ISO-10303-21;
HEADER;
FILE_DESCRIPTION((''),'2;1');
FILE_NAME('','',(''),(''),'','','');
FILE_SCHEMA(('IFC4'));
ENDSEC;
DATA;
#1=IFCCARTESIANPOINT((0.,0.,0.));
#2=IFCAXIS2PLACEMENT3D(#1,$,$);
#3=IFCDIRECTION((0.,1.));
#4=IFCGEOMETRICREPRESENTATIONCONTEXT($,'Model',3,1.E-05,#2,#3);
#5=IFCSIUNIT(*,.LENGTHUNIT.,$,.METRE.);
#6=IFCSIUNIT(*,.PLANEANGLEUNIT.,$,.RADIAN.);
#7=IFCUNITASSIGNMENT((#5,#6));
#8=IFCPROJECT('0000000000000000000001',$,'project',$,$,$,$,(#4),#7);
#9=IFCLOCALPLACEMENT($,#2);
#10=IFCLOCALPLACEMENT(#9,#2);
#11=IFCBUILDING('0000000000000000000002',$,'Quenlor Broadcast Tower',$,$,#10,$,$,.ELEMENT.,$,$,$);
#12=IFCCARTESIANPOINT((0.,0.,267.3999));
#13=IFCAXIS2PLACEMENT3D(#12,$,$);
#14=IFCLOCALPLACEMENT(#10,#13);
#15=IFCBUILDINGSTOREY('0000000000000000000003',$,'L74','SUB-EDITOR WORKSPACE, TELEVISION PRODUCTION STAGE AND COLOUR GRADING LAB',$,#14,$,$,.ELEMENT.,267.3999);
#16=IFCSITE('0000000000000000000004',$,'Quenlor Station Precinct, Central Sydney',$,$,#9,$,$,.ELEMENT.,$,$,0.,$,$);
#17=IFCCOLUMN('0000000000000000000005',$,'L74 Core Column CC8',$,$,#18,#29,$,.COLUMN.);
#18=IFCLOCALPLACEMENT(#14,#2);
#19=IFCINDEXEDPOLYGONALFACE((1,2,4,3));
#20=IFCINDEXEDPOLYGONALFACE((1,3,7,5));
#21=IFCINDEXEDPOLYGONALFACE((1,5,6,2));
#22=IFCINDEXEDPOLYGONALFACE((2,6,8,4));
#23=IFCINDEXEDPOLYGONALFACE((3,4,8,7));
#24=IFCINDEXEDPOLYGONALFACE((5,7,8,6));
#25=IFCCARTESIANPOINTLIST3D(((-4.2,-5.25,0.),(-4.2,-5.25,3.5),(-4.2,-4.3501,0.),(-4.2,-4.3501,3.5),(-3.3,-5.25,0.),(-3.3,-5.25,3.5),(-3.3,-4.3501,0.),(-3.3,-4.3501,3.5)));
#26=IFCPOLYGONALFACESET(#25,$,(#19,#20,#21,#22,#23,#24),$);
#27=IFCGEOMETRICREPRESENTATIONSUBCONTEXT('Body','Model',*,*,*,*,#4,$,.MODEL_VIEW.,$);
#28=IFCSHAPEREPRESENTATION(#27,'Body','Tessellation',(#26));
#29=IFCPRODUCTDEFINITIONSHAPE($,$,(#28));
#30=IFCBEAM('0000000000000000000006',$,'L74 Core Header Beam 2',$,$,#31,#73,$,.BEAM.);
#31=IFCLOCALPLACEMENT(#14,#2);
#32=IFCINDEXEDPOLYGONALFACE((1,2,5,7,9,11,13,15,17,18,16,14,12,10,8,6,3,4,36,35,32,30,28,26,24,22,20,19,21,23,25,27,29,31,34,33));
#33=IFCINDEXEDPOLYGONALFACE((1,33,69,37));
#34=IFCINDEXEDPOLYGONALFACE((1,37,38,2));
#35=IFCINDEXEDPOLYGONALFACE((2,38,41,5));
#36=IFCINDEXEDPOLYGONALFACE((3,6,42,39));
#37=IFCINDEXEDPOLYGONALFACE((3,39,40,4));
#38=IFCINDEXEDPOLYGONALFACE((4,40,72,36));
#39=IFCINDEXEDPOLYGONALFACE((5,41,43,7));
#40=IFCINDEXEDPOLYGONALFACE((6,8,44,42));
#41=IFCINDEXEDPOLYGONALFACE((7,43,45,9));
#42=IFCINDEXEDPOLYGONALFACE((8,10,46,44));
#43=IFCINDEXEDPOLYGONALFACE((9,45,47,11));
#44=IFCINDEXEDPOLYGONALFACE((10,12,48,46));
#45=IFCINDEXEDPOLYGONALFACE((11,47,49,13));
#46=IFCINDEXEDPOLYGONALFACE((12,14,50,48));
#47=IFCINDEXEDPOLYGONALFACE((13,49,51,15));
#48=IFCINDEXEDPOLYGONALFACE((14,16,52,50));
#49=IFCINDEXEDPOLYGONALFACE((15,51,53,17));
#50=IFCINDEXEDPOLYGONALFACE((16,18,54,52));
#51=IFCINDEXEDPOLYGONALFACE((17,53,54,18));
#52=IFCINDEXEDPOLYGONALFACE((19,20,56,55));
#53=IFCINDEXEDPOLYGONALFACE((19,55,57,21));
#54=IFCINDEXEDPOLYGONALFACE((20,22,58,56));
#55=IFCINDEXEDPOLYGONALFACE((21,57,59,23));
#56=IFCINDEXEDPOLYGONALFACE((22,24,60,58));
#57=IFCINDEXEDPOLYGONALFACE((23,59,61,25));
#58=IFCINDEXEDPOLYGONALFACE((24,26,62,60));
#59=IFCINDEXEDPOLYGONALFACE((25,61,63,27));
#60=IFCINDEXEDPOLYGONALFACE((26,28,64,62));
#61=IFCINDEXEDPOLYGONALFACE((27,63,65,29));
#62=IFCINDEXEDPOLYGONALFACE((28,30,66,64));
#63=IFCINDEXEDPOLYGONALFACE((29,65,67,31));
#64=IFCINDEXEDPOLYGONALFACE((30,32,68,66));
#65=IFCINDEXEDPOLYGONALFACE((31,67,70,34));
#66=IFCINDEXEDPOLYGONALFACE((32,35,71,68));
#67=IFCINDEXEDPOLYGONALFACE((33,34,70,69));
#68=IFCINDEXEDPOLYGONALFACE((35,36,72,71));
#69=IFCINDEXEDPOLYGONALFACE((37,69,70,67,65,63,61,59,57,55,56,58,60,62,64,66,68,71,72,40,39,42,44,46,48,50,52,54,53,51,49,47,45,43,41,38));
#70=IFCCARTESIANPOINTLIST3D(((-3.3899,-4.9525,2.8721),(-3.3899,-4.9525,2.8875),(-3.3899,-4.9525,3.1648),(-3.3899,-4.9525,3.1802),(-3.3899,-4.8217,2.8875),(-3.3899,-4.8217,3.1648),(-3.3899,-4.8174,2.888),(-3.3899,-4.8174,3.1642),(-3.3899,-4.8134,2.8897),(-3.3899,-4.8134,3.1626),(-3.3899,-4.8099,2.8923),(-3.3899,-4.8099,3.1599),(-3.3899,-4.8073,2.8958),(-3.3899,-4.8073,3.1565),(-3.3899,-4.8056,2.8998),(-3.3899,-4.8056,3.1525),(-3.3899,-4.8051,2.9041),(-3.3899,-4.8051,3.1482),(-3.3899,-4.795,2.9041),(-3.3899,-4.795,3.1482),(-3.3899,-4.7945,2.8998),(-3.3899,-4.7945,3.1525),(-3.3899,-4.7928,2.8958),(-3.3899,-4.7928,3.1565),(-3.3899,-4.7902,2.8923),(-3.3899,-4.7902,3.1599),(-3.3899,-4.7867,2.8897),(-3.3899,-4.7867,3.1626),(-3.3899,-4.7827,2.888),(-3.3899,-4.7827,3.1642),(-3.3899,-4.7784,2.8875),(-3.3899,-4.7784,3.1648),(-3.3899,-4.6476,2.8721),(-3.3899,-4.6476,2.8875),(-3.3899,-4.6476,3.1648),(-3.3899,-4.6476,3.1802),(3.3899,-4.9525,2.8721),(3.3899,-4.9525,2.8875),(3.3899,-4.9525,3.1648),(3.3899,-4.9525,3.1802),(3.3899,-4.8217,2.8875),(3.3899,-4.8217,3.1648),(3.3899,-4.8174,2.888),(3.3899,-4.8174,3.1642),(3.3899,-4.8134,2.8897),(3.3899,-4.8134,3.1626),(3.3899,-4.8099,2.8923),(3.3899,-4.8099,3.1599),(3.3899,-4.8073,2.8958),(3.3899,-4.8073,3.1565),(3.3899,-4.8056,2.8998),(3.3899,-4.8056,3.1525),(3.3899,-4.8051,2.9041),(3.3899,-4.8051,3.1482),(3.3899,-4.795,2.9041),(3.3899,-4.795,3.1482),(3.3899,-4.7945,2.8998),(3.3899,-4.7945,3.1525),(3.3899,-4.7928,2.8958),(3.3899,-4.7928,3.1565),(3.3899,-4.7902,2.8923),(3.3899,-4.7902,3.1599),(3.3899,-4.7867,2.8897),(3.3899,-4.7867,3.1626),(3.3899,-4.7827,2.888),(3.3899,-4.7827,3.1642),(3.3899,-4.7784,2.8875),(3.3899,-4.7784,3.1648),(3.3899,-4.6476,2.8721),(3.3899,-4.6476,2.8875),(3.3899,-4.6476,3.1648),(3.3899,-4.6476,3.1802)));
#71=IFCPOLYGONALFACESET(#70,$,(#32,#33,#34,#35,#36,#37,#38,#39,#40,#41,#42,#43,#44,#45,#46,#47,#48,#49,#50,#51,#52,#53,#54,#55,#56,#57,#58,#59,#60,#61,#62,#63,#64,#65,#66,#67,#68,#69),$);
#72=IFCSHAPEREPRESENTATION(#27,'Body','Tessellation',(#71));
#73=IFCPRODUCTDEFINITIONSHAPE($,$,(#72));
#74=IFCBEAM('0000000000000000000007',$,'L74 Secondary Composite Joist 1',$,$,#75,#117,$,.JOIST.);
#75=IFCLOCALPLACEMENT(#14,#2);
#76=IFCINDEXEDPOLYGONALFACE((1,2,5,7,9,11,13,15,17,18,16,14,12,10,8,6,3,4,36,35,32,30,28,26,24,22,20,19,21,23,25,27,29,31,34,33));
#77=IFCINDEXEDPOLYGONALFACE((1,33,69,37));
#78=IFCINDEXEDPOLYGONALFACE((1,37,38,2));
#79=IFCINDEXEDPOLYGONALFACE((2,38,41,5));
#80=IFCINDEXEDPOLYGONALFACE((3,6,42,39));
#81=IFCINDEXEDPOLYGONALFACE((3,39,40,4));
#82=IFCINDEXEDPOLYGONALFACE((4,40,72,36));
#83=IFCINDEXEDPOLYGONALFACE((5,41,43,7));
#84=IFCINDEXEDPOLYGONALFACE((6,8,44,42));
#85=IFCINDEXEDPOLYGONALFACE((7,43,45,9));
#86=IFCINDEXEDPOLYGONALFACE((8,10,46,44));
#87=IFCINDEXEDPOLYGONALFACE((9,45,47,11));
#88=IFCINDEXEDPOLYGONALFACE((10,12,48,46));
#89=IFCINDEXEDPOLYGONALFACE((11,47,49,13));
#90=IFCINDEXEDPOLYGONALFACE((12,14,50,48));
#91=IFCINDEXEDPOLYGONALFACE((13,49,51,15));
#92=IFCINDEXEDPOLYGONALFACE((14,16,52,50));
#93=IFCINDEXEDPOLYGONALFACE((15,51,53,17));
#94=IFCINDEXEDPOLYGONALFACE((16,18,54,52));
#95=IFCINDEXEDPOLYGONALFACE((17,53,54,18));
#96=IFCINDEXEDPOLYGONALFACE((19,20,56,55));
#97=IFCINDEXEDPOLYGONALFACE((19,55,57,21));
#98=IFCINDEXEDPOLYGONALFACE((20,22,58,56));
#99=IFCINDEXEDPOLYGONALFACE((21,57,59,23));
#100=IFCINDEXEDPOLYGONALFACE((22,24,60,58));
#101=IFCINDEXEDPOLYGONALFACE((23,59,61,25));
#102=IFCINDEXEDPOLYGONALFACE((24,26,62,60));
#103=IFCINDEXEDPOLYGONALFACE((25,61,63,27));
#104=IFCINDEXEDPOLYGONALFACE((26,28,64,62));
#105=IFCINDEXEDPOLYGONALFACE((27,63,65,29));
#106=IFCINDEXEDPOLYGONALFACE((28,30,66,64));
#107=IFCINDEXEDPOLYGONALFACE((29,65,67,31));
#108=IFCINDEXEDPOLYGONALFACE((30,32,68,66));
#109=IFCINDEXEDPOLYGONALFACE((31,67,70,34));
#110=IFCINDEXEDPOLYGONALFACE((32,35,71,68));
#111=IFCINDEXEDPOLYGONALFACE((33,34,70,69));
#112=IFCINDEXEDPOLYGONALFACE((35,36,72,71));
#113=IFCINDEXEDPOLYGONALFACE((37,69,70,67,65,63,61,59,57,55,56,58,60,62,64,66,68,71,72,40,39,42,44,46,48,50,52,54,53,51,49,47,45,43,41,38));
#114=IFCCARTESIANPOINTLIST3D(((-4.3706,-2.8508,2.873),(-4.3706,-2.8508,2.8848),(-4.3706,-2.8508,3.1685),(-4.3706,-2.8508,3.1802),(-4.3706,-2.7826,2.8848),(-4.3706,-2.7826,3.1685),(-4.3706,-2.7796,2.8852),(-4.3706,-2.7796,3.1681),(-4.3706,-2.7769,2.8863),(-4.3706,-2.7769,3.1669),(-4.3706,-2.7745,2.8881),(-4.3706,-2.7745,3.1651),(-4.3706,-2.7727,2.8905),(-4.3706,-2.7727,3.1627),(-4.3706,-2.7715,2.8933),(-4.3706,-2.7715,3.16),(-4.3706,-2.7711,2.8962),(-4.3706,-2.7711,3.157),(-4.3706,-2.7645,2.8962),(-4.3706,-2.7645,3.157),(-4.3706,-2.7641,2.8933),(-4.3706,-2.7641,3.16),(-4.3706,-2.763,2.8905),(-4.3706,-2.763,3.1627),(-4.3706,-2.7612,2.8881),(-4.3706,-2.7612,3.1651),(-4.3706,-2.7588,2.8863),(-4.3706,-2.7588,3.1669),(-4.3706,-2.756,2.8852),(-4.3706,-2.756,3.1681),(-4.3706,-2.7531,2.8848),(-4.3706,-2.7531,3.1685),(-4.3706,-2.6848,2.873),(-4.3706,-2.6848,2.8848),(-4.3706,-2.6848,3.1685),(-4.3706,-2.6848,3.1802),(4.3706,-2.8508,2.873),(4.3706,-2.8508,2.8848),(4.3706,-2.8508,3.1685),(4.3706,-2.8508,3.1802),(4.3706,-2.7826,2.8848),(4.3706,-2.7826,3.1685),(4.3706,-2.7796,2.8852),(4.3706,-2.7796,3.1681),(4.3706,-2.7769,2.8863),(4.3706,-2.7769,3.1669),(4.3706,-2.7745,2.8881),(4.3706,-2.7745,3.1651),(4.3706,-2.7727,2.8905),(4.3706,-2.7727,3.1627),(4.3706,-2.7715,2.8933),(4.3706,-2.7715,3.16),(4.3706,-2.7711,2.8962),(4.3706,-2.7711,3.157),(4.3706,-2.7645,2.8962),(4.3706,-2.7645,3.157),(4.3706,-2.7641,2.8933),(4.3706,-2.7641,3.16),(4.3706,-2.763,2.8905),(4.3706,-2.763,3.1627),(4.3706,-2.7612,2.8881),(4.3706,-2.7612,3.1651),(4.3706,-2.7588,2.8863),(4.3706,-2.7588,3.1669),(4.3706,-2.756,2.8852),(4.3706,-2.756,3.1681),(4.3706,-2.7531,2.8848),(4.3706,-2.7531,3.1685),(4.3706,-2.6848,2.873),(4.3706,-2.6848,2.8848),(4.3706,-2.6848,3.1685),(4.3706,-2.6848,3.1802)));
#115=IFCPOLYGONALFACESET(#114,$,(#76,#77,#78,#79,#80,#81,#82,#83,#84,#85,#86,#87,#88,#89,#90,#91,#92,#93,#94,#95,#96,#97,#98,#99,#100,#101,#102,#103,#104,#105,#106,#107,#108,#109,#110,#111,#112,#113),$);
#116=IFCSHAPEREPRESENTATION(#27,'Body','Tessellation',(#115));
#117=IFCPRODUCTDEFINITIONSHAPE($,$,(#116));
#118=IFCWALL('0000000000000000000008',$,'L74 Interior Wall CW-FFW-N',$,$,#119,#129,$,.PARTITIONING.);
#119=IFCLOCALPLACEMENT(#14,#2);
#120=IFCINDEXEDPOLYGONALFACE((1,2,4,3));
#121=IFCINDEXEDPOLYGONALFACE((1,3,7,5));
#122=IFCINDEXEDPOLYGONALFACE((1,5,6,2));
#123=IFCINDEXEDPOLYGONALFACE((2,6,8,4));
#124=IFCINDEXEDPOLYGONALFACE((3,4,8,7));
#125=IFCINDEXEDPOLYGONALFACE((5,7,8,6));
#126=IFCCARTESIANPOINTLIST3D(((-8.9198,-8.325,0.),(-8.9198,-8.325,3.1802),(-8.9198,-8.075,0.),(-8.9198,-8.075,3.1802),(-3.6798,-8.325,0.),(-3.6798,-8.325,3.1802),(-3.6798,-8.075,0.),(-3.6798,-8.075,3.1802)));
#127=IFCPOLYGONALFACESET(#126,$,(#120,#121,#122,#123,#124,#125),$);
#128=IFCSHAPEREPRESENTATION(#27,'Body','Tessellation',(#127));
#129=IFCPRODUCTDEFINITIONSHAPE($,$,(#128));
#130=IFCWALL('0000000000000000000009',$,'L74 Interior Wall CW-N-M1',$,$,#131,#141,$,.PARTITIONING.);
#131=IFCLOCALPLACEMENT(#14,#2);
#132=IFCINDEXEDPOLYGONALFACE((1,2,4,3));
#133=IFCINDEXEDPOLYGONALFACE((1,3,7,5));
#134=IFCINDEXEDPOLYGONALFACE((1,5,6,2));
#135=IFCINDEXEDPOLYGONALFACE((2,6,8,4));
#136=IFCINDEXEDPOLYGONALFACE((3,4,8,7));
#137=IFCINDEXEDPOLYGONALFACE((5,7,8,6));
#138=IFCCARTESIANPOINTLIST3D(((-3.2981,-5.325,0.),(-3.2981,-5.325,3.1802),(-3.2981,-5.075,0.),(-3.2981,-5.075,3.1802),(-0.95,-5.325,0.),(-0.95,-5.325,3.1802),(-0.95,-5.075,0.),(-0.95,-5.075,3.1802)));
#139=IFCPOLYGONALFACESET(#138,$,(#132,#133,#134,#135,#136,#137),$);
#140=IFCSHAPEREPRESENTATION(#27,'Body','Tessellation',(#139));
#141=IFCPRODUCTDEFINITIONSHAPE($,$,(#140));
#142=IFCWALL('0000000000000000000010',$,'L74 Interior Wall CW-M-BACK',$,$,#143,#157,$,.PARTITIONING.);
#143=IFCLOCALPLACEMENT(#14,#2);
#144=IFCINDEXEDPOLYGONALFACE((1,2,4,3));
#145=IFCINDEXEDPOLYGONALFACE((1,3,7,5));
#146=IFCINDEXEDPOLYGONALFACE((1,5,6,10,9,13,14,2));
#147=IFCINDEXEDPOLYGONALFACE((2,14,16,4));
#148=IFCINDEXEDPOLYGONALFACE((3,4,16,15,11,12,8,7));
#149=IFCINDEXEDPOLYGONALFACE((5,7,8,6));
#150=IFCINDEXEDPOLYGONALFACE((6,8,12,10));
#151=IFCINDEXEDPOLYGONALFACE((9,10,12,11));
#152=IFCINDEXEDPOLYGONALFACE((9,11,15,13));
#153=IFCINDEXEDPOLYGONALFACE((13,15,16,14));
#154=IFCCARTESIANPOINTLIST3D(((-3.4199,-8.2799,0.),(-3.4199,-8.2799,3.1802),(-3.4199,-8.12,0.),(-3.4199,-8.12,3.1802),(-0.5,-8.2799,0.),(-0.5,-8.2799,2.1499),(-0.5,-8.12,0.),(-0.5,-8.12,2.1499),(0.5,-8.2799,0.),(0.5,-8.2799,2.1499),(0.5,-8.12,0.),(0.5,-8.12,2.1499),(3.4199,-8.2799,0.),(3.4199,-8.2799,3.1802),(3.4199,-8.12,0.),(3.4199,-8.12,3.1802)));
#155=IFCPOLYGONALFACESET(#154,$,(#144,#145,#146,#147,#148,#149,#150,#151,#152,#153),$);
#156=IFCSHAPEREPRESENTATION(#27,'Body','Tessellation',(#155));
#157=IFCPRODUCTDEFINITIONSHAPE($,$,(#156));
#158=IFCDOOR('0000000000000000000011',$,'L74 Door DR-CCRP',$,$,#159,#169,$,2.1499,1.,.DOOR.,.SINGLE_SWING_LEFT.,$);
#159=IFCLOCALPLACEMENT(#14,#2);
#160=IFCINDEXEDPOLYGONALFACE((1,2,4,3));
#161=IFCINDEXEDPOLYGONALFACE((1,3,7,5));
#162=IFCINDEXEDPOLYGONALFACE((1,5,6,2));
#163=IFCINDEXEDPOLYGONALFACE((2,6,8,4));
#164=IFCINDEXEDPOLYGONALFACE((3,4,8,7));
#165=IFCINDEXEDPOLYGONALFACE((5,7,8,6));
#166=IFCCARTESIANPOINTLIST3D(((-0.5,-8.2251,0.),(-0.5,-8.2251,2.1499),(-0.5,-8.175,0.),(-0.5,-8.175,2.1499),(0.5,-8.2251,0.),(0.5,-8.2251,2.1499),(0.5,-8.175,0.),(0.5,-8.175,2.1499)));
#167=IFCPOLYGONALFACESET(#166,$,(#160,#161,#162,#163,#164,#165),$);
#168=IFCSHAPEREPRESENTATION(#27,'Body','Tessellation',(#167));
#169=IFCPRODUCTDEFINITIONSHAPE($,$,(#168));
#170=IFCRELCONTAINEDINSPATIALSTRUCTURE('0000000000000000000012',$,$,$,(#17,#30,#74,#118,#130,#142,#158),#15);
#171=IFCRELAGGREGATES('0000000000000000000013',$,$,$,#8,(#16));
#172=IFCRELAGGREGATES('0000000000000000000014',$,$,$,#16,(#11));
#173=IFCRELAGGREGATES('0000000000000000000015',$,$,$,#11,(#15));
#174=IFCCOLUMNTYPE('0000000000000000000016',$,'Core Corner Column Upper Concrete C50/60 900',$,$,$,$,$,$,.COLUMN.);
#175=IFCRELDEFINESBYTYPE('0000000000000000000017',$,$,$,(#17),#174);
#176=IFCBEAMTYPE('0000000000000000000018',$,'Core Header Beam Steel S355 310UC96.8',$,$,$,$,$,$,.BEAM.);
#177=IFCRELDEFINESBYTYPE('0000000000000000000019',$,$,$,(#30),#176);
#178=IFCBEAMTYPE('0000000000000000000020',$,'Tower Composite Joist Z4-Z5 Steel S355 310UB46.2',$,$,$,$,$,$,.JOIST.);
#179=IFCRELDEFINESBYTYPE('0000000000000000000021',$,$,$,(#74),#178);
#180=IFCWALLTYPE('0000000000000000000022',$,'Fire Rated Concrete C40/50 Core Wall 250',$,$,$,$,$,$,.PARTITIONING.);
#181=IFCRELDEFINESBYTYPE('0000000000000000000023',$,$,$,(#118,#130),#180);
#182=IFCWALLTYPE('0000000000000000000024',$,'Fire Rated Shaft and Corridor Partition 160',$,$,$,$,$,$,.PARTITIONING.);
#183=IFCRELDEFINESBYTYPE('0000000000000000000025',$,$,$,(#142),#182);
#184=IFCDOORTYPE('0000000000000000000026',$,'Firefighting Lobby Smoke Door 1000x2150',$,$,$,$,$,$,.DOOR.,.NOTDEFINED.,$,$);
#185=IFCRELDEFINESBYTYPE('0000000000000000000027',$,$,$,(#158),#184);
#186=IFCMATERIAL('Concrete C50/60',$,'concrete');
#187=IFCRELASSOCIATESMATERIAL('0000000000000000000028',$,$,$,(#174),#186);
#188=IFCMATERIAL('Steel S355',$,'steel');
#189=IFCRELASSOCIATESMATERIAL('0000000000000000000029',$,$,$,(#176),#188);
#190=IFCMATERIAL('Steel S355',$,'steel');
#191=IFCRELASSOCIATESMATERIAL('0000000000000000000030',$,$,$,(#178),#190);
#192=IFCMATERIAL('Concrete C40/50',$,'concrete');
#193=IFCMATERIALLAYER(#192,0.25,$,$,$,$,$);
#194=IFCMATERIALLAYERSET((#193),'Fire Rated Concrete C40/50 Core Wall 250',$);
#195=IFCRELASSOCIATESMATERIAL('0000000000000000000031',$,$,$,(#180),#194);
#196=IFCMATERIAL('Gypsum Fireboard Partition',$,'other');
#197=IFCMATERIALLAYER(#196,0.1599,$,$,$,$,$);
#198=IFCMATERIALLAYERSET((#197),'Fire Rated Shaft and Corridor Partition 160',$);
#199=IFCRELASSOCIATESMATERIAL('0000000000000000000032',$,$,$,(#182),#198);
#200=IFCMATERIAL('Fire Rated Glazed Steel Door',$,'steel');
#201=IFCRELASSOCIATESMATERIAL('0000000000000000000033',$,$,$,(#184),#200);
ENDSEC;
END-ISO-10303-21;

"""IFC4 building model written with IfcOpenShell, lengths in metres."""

from ifc_helpers import new_model, si_unit, direction, frame, frame_2d, origin, origin_2d, place, context, subcontext, project, spatial, rectangle, i_section, extrude, material, layer, layer_set, material_profile, profile_set, type_object, element, fill, save


model = new_model("IFC4")

# Units and contexts
model_context = context("Model", 3, precision=1e-05, world=origin(), true_north=direction((0.0, 1.0)))
body_context = subcontext(model_context, "Body", "Model", "MODEL_VIEW")
ifc_project = project(units=[si_unit("LENGTHUNIT", "METRE"), si_unit("PLANEANGLEUNIT", "RADIAN")], contexts=[model_context])

# Site, building, storey
site_placement = place(None, origin())
site = spatial("IfcSite", under=ifc_project, at=site_placement, Name="Quenlor Station Precinct, Central Sydney", CompositionType="ELEMENT", RefElevation=0.0)
building_placement = place(site_placement, origin())
building = spatial("IfcBuilding", under=site, at=building_placement, Name="Quenlor Broadcast Tower", CompositionType="ELEMENT")
storey_placement = place(building_placement, frame((0.0, 0.0, 267.3999)))
storey = spatial("IfcBuildingStorey", under=building, at=storey_placement, Name="L74", Description="SUB-EDITOR WORKSPACE, TELEVISION PRODUCTION STAGE AND COLOUR GRADING LAB", CompositionType="ELEMENT", Elevation=267.3999)

# Column
ifc_material_1 = material(Name="Concrete C50/60", Category="concrete")
ifc_material_profile_1 = material_profile(ifc_material_1, rectangle(XDim=0.8999, YDim=0.8999, at=origin_2d()))
ifc_profile_set_1 = profile_set([ifc_material_profile_1], Name="Concrete C50/60 RC900x900")
column_type = type_object("IfcColumnType", Name="Core Corner Column Upper Concrete C50/60 900", PredefinedType="COLUMN", material=ifc_profile_set_1)
column_placement = place(storey_placement, frame((-3.75, -4.8, 0.0), z_axis=(0.0, 0.0, 1.0), x_axis=(1.0, 0.0, 0.0)))
element("IfcColumn", 1, at=column_placement, inside=storey, type_object=column_type, Name="L74 Core Column CC8", PredefinedType="COLUMN", context=body_context, shape_type="SweptSolid", body=[
    extrude(rectangle(XDim=0.8999, YDim=0.8999, at=origin_2d()), origin(), (0.0, 0.0, 1.0), 3.5),
])

# Beams
ifc_material_2 = material(Name="Steel S355", Category="steel")
ifc_material_profile_2 = material_profile(ifc_material_2, i_section(OverallWidth=0.3049, OverallDepth=0.3081, WebThickness=0.01, FlangeThickness=0.0154, FilletRadius=0.0166, at=origin_2d()))
ifc_profile_set_2 = profile_set([ifc_material_profile_2], Name="Steel S355 310UC96.8")
beam_type_1 = type_object("IfcBeamType", Name="Core Header Beam Steel S355 310UC96.8", PredefinedType="BEAM", material=ifc_profile_set_2)
beam_1_placement = place(storey_placement, frame((-3.3899, -4.8, 3.0261), z_axis=(1.0, 0.0, 0.0), x_axis=(0.0, 1.0, 0.0)))
element("IfcBeam", 2, at=beam_1_placement, inside=storey, type_object=beam_type_1, Name="L74 Core Header Beam 2", PredefinedType="BEAM", context=body_context, shape_type="SweptSolid", body=[
    extrude(i_section(OverallWidth=0.3049, OverallDepth=0.3081, WebThickness=0.01, FlangeThickness=0.0154, FilletRadius=0.0166, at=origin_2d()), origin(), (0.0, 0.0, 1.0), 6.7798),
])
ifc_material_3 = material(Name="Steel S355", Category="steel")
ifc_material_profile_3 = material_profile(ifc_material_3, i_section(OverallWidth=0.166, OverallDepth=0.3071, WebThickness=0.0066, FlangeThickness=0.0117, FilletRadius=0.0115, at=origin_2d()))
ifc_profile_set_3 = profile_set([ifc_material_profile_3], Name="Steel S355 310UB46.2")
beam_type_2 = type_object("IfcBeamType", Name="Tower Composite Joist Z4-Z5 Steel S355 310UB46.2", PredefinedType="JOIST", material=ifc_profile_set_3)
beam_2_placement = place(storey_placement, frame((-4.3706, -2.7678, 3.0266), z_axis=(1.0, 0.0, 0.0), x_axis=(0.0, 1.0, 0.0)))
element("IfcBeam", 3, at=beam_2_placement, inside=storey, type_object=beam_type_2, Name="L74 Secondary Composite Joist 1", PredefinedType="JOIST", context=body_context, shape_type="SweptSolid", body=[
    extrude(i_section(OverallWidth=0.166, OverallDepth=0.3071, WebThickness=0.0066, FlangeThickness=0.0117, FilletRadius=0.0115, at=origin_2d()), origin(), (0.0, 0.0, 1.0), 8.7412),
])

# Walls
ifc_material_4 = material(Name="Concrete C40/50", Category="concrete")
ifc_layer_1 = layer(ifc_material_4, 0.25)
ifc_layer_set_1 = layer_set([ifc_layer_1], Name="Fire Rated Concrete C40/50 Core Wall 250")
wall_type_1 = type_object("IfcWallType", Name="Fire Rated Concrete C40/50 Core Wall 250", PredefinedType="PARTITIONING", material=ifc_layer_set_1)
wall_1_placement = place(storey_placement, frame((-8.9199, -8.2, 0.0), z_axis=(0.0, 0.0, 1.0), x_axis=(1.0, 0.0, 0.0)))
element("IfcWall", 4, at=wall_1_placement, inside=storey, type_object=wall_type_1, Name="L74 Interior Wall CW-FFW-N", PredefinedType="PARTITIONING", context=body_context, shape_type="SweptSolid", body=[
    extrude(rectangle(XDim=5.24, YDim=0.25, at=frame_2d((2.6201, 0.0))), origin(), (0.0, 0.0, 1.0), 3.1802),
])
wall_2_placement = place(storey_placement, frame((-3.2981, -5.2, 0.0), z_axis=(0.0, 0.0, 1.0), x_axis=(1.0, 0.0, 0.0)))
element("IfcWall", 5, at=wall_2_placement, inside=storey, type_object=wall_type_1, Name="L74 Interior Wall CW-N-M1", PredefinedType="PARTITIONING", context=body_context, shape_type="SweptSolid", body=[
    extrude(rectangle(XDim=2.3481, YDim=0.25, at=frame_2d((1.1741, 0.0))), origin(), (0.0, 0.0, 1.0), 3.1802),
])

# Wall, opening, door
ifc_material_5 = material(Name="Gypsum Fireboard Partition", Category="other")
ifc_layer_2 = layer(ifc_material_5, 0.1599)
ifc_layer_set_2 = layer_set([ifc_layer_2], Name="Fire Rated Shaft and Corridor Partition 160")
wall_type_2 = type_object("IfcWallType", Name="Fire Rated Shaft and Corridor Partition 160", PredefinedType="PARTITIONING", material=ifc_layer_set_2)
wall_3_placement = place(storey_placement, frame((-3.4199, -8.2, 0.0), z_axis=(0.0, 0.0, 1.0), x_axis=(1.0, 0.0, 0.0)))
wall_3 = element("IfcWall", 6, at=wall_3_placement, inside=storey, type_object=wall_type_2, Name="L74 Interior Wall CW-M-BACK", PredefinedType="PARTITIONING", context=body_context, shape_type="SweptSolid", body=[
    extrude(rectangle(XDim=6.8398, YDim=0.1599, at=frame_2d((3.4199, 0.0))), origin(), (0.0, 0.0, 1.0), 3.1802),
])
opening_1_placement = place(wall_3_placement, frame((2.9199, 0.0, 0.0)))
opening_1 = element("IfcOpeningElement", 7, at=opening_1_placement, cuts=wall_3, PredefinedType="OPENING", context=body_context, shape_type="SweptSolid", body=[
    extrude(rectangle(XDim=1.0, YDim=2.1499, at=frame_2d((0.5, 1.075))), frame((0.0, 0.0898, 0.0), z_axis=(0.0, -1.0, 0.0), x_axis=(1.0, 0.0, 0.0)), (0.0, 0.0, 1.0), 0.1799),
])
ifc_material_6 = material(Name="Fire Rated Glazed Steel Door", Category="steel")
door_type_1 = type_object("IfcDoorType", Name="Firefighting Lobby Smoke Door 1000x2150", OperationType="NOTDEFINED", PredefinedType="DOOR", material=ifc_material_6)
door_1_placement = place(opening_1_placement, origin())
door_1 = element("IfcDoor", 8, at=door_1_placement, inside=storey, type_object=door_type_1, Name="L74 Door DR-CCRP", OperationType="SINGLE_SWING_LEFT", OverallHeight=2.1499, OverallWidth=1.0, PredefinedType="DOOR", context=body_context, shape_type="SweptSolid", body=[
    extrude(rectangle(XDim=1.0, YDim=2.1499, at=frame_2d((0.5, 1.075))), frame((0.0, 0.0249, 0.0), z_axis=(0.0, -1.0, 0.0), x_axis=(1.0, 0.0, 0.0)), (0.0, 0.0, 1.0), 0.05),
])
fill(opening_1, door_1)

save(model, "model.ifc")
